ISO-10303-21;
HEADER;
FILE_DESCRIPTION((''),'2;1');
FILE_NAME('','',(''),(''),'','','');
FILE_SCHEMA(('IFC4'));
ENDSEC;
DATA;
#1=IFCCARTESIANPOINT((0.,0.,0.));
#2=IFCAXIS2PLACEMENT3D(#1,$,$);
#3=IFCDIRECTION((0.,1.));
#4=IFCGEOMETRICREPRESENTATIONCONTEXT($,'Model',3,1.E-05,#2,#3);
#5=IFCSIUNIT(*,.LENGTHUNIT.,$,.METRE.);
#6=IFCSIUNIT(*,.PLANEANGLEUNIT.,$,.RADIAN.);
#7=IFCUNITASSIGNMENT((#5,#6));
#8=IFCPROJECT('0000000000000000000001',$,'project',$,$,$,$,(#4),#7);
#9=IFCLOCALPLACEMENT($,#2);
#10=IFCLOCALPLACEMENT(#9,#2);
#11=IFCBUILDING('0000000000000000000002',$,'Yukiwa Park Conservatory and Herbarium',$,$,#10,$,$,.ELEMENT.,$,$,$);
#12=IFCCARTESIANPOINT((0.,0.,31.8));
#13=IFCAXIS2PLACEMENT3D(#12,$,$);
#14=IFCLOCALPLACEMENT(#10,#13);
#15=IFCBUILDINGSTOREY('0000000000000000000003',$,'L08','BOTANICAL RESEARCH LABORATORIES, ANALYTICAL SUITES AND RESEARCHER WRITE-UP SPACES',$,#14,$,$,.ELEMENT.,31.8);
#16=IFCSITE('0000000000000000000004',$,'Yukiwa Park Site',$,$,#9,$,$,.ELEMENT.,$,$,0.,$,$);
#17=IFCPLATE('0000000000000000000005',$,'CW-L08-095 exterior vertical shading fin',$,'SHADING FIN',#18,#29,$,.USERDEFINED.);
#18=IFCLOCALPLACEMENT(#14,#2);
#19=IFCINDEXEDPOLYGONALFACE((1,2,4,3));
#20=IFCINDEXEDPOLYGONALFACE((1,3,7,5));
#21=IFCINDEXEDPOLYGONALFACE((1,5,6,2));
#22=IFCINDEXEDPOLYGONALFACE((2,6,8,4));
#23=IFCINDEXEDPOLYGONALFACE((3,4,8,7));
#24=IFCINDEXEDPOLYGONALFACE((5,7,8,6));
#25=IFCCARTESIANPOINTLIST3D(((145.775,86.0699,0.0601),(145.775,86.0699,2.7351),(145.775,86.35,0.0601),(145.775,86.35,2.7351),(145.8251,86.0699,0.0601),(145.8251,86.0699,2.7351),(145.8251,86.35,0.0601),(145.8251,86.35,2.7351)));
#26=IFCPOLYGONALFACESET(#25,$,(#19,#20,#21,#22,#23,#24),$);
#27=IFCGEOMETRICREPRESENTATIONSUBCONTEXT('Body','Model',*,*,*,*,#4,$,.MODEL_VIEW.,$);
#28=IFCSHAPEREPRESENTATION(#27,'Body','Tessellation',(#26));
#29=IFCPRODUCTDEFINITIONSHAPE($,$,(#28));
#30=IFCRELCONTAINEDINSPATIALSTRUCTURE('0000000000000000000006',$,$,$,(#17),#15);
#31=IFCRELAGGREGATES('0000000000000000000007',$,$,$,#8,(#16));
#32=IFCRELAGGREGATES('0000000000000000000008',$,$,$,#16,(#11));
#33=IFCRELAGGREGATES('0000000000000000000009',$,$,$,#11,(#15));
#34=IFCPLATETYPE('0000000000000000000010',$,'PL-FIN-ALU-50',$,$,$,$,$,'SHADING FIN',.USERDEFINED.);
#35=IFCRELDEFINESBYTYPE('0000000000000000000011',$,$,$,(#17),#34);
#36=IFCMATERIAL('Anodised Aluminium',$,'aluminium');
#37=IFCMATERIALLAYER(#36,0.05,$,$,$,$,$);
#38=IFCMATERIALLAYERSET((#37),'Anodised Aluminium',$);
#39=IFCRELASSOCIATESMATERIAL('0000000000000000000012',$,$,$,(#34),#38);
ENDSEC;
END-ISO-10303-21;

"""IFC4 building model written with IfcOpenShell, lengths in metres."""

from ifc_helpers import new_model, si_unit, direction, frame, origin, origin_2d, place, context, subcontext, project, spatial, rectangle, extrude, material, layer, layer_set, type_object, element, save


model = new_model("IFC4")

# Units and contexts
model_context = context("Model", 3, precision=1e-05, world=origin(), true_north=direction((0.0, 1.0)))
body_context = subcontext(model_context, "Body", "Model", "MODEL_VIEW")
ifc_project = project(units=[si_unit("LENGTHUNIT", "METRE"), si_unit("PLANEANGLEUNIT", "RADIAN")], contexts=[model_context])

# Site, building, storey
site_placement = place(None, origin())
site = spatial("IfcSite", under=ifc_project, at=site_placement, Name="Yukiwa Park Site", CompositionType="ELEMENT", RefElevation=0.0)
building_placement = place(site_placement, origin())
building = spatial("IfcBuilding", under=site, at=building_placement, Name="Yukiwa Park Conservatory and Herbarium", CompositionType="ELEMENT")
storey_placement = place(building_placement, frame((0.0, 0.0, 31.8)))
storey = spatial("IfcBuildingStorey", under=building, at=storey_placement, Name="L08", Description="BOTANICAL RESEARCH LABORATORIES, ANALYTICAL SUITES AND RESEARCHER WRITE-UP SPACES", CompositionType="ELEMENT", Elevation=31.8)

# Plate
ifc_material_1 = material(Name="Anodised Aluminium", Category="aluminium")
ifc_layer_1 = layer(ifc_material_1, 0.05)
ifc_layer_set_1 = layer_set([ifc_layer_1], Name="Anodised Aluminium")
plate_type_1 = type_object("IfcPlateType", Name="PL-FIN-ALU-50", ElementType="SHADING FIN", PredefinedType="USERDEFINED", material=ifc_layer_set_1)
plate_1_placement = place(storey_placement, frame((145.8, 86.21, 0.0601), z_axis=(0.0, 0.0, 1.0), x_axis=(1.0, 0.0, 0.0)))
element("IfcPlate", 1, at=plate_1_placement, inside=storey, type_object=plate_type_1, Name="CW-L08-095 exterior vertical shading fin", ObjectType="SHADING FIN", PredefinedType="USERDEFINED", context=body_context, shape_type="SweptSolid", body=[
    extrude(rectangle(XDim=0.05, YDim=0.28, at=origin_2d()), origin(), (0.0, 0.0, 1.0), 2.675),
])

save(model, "model.ifc")
